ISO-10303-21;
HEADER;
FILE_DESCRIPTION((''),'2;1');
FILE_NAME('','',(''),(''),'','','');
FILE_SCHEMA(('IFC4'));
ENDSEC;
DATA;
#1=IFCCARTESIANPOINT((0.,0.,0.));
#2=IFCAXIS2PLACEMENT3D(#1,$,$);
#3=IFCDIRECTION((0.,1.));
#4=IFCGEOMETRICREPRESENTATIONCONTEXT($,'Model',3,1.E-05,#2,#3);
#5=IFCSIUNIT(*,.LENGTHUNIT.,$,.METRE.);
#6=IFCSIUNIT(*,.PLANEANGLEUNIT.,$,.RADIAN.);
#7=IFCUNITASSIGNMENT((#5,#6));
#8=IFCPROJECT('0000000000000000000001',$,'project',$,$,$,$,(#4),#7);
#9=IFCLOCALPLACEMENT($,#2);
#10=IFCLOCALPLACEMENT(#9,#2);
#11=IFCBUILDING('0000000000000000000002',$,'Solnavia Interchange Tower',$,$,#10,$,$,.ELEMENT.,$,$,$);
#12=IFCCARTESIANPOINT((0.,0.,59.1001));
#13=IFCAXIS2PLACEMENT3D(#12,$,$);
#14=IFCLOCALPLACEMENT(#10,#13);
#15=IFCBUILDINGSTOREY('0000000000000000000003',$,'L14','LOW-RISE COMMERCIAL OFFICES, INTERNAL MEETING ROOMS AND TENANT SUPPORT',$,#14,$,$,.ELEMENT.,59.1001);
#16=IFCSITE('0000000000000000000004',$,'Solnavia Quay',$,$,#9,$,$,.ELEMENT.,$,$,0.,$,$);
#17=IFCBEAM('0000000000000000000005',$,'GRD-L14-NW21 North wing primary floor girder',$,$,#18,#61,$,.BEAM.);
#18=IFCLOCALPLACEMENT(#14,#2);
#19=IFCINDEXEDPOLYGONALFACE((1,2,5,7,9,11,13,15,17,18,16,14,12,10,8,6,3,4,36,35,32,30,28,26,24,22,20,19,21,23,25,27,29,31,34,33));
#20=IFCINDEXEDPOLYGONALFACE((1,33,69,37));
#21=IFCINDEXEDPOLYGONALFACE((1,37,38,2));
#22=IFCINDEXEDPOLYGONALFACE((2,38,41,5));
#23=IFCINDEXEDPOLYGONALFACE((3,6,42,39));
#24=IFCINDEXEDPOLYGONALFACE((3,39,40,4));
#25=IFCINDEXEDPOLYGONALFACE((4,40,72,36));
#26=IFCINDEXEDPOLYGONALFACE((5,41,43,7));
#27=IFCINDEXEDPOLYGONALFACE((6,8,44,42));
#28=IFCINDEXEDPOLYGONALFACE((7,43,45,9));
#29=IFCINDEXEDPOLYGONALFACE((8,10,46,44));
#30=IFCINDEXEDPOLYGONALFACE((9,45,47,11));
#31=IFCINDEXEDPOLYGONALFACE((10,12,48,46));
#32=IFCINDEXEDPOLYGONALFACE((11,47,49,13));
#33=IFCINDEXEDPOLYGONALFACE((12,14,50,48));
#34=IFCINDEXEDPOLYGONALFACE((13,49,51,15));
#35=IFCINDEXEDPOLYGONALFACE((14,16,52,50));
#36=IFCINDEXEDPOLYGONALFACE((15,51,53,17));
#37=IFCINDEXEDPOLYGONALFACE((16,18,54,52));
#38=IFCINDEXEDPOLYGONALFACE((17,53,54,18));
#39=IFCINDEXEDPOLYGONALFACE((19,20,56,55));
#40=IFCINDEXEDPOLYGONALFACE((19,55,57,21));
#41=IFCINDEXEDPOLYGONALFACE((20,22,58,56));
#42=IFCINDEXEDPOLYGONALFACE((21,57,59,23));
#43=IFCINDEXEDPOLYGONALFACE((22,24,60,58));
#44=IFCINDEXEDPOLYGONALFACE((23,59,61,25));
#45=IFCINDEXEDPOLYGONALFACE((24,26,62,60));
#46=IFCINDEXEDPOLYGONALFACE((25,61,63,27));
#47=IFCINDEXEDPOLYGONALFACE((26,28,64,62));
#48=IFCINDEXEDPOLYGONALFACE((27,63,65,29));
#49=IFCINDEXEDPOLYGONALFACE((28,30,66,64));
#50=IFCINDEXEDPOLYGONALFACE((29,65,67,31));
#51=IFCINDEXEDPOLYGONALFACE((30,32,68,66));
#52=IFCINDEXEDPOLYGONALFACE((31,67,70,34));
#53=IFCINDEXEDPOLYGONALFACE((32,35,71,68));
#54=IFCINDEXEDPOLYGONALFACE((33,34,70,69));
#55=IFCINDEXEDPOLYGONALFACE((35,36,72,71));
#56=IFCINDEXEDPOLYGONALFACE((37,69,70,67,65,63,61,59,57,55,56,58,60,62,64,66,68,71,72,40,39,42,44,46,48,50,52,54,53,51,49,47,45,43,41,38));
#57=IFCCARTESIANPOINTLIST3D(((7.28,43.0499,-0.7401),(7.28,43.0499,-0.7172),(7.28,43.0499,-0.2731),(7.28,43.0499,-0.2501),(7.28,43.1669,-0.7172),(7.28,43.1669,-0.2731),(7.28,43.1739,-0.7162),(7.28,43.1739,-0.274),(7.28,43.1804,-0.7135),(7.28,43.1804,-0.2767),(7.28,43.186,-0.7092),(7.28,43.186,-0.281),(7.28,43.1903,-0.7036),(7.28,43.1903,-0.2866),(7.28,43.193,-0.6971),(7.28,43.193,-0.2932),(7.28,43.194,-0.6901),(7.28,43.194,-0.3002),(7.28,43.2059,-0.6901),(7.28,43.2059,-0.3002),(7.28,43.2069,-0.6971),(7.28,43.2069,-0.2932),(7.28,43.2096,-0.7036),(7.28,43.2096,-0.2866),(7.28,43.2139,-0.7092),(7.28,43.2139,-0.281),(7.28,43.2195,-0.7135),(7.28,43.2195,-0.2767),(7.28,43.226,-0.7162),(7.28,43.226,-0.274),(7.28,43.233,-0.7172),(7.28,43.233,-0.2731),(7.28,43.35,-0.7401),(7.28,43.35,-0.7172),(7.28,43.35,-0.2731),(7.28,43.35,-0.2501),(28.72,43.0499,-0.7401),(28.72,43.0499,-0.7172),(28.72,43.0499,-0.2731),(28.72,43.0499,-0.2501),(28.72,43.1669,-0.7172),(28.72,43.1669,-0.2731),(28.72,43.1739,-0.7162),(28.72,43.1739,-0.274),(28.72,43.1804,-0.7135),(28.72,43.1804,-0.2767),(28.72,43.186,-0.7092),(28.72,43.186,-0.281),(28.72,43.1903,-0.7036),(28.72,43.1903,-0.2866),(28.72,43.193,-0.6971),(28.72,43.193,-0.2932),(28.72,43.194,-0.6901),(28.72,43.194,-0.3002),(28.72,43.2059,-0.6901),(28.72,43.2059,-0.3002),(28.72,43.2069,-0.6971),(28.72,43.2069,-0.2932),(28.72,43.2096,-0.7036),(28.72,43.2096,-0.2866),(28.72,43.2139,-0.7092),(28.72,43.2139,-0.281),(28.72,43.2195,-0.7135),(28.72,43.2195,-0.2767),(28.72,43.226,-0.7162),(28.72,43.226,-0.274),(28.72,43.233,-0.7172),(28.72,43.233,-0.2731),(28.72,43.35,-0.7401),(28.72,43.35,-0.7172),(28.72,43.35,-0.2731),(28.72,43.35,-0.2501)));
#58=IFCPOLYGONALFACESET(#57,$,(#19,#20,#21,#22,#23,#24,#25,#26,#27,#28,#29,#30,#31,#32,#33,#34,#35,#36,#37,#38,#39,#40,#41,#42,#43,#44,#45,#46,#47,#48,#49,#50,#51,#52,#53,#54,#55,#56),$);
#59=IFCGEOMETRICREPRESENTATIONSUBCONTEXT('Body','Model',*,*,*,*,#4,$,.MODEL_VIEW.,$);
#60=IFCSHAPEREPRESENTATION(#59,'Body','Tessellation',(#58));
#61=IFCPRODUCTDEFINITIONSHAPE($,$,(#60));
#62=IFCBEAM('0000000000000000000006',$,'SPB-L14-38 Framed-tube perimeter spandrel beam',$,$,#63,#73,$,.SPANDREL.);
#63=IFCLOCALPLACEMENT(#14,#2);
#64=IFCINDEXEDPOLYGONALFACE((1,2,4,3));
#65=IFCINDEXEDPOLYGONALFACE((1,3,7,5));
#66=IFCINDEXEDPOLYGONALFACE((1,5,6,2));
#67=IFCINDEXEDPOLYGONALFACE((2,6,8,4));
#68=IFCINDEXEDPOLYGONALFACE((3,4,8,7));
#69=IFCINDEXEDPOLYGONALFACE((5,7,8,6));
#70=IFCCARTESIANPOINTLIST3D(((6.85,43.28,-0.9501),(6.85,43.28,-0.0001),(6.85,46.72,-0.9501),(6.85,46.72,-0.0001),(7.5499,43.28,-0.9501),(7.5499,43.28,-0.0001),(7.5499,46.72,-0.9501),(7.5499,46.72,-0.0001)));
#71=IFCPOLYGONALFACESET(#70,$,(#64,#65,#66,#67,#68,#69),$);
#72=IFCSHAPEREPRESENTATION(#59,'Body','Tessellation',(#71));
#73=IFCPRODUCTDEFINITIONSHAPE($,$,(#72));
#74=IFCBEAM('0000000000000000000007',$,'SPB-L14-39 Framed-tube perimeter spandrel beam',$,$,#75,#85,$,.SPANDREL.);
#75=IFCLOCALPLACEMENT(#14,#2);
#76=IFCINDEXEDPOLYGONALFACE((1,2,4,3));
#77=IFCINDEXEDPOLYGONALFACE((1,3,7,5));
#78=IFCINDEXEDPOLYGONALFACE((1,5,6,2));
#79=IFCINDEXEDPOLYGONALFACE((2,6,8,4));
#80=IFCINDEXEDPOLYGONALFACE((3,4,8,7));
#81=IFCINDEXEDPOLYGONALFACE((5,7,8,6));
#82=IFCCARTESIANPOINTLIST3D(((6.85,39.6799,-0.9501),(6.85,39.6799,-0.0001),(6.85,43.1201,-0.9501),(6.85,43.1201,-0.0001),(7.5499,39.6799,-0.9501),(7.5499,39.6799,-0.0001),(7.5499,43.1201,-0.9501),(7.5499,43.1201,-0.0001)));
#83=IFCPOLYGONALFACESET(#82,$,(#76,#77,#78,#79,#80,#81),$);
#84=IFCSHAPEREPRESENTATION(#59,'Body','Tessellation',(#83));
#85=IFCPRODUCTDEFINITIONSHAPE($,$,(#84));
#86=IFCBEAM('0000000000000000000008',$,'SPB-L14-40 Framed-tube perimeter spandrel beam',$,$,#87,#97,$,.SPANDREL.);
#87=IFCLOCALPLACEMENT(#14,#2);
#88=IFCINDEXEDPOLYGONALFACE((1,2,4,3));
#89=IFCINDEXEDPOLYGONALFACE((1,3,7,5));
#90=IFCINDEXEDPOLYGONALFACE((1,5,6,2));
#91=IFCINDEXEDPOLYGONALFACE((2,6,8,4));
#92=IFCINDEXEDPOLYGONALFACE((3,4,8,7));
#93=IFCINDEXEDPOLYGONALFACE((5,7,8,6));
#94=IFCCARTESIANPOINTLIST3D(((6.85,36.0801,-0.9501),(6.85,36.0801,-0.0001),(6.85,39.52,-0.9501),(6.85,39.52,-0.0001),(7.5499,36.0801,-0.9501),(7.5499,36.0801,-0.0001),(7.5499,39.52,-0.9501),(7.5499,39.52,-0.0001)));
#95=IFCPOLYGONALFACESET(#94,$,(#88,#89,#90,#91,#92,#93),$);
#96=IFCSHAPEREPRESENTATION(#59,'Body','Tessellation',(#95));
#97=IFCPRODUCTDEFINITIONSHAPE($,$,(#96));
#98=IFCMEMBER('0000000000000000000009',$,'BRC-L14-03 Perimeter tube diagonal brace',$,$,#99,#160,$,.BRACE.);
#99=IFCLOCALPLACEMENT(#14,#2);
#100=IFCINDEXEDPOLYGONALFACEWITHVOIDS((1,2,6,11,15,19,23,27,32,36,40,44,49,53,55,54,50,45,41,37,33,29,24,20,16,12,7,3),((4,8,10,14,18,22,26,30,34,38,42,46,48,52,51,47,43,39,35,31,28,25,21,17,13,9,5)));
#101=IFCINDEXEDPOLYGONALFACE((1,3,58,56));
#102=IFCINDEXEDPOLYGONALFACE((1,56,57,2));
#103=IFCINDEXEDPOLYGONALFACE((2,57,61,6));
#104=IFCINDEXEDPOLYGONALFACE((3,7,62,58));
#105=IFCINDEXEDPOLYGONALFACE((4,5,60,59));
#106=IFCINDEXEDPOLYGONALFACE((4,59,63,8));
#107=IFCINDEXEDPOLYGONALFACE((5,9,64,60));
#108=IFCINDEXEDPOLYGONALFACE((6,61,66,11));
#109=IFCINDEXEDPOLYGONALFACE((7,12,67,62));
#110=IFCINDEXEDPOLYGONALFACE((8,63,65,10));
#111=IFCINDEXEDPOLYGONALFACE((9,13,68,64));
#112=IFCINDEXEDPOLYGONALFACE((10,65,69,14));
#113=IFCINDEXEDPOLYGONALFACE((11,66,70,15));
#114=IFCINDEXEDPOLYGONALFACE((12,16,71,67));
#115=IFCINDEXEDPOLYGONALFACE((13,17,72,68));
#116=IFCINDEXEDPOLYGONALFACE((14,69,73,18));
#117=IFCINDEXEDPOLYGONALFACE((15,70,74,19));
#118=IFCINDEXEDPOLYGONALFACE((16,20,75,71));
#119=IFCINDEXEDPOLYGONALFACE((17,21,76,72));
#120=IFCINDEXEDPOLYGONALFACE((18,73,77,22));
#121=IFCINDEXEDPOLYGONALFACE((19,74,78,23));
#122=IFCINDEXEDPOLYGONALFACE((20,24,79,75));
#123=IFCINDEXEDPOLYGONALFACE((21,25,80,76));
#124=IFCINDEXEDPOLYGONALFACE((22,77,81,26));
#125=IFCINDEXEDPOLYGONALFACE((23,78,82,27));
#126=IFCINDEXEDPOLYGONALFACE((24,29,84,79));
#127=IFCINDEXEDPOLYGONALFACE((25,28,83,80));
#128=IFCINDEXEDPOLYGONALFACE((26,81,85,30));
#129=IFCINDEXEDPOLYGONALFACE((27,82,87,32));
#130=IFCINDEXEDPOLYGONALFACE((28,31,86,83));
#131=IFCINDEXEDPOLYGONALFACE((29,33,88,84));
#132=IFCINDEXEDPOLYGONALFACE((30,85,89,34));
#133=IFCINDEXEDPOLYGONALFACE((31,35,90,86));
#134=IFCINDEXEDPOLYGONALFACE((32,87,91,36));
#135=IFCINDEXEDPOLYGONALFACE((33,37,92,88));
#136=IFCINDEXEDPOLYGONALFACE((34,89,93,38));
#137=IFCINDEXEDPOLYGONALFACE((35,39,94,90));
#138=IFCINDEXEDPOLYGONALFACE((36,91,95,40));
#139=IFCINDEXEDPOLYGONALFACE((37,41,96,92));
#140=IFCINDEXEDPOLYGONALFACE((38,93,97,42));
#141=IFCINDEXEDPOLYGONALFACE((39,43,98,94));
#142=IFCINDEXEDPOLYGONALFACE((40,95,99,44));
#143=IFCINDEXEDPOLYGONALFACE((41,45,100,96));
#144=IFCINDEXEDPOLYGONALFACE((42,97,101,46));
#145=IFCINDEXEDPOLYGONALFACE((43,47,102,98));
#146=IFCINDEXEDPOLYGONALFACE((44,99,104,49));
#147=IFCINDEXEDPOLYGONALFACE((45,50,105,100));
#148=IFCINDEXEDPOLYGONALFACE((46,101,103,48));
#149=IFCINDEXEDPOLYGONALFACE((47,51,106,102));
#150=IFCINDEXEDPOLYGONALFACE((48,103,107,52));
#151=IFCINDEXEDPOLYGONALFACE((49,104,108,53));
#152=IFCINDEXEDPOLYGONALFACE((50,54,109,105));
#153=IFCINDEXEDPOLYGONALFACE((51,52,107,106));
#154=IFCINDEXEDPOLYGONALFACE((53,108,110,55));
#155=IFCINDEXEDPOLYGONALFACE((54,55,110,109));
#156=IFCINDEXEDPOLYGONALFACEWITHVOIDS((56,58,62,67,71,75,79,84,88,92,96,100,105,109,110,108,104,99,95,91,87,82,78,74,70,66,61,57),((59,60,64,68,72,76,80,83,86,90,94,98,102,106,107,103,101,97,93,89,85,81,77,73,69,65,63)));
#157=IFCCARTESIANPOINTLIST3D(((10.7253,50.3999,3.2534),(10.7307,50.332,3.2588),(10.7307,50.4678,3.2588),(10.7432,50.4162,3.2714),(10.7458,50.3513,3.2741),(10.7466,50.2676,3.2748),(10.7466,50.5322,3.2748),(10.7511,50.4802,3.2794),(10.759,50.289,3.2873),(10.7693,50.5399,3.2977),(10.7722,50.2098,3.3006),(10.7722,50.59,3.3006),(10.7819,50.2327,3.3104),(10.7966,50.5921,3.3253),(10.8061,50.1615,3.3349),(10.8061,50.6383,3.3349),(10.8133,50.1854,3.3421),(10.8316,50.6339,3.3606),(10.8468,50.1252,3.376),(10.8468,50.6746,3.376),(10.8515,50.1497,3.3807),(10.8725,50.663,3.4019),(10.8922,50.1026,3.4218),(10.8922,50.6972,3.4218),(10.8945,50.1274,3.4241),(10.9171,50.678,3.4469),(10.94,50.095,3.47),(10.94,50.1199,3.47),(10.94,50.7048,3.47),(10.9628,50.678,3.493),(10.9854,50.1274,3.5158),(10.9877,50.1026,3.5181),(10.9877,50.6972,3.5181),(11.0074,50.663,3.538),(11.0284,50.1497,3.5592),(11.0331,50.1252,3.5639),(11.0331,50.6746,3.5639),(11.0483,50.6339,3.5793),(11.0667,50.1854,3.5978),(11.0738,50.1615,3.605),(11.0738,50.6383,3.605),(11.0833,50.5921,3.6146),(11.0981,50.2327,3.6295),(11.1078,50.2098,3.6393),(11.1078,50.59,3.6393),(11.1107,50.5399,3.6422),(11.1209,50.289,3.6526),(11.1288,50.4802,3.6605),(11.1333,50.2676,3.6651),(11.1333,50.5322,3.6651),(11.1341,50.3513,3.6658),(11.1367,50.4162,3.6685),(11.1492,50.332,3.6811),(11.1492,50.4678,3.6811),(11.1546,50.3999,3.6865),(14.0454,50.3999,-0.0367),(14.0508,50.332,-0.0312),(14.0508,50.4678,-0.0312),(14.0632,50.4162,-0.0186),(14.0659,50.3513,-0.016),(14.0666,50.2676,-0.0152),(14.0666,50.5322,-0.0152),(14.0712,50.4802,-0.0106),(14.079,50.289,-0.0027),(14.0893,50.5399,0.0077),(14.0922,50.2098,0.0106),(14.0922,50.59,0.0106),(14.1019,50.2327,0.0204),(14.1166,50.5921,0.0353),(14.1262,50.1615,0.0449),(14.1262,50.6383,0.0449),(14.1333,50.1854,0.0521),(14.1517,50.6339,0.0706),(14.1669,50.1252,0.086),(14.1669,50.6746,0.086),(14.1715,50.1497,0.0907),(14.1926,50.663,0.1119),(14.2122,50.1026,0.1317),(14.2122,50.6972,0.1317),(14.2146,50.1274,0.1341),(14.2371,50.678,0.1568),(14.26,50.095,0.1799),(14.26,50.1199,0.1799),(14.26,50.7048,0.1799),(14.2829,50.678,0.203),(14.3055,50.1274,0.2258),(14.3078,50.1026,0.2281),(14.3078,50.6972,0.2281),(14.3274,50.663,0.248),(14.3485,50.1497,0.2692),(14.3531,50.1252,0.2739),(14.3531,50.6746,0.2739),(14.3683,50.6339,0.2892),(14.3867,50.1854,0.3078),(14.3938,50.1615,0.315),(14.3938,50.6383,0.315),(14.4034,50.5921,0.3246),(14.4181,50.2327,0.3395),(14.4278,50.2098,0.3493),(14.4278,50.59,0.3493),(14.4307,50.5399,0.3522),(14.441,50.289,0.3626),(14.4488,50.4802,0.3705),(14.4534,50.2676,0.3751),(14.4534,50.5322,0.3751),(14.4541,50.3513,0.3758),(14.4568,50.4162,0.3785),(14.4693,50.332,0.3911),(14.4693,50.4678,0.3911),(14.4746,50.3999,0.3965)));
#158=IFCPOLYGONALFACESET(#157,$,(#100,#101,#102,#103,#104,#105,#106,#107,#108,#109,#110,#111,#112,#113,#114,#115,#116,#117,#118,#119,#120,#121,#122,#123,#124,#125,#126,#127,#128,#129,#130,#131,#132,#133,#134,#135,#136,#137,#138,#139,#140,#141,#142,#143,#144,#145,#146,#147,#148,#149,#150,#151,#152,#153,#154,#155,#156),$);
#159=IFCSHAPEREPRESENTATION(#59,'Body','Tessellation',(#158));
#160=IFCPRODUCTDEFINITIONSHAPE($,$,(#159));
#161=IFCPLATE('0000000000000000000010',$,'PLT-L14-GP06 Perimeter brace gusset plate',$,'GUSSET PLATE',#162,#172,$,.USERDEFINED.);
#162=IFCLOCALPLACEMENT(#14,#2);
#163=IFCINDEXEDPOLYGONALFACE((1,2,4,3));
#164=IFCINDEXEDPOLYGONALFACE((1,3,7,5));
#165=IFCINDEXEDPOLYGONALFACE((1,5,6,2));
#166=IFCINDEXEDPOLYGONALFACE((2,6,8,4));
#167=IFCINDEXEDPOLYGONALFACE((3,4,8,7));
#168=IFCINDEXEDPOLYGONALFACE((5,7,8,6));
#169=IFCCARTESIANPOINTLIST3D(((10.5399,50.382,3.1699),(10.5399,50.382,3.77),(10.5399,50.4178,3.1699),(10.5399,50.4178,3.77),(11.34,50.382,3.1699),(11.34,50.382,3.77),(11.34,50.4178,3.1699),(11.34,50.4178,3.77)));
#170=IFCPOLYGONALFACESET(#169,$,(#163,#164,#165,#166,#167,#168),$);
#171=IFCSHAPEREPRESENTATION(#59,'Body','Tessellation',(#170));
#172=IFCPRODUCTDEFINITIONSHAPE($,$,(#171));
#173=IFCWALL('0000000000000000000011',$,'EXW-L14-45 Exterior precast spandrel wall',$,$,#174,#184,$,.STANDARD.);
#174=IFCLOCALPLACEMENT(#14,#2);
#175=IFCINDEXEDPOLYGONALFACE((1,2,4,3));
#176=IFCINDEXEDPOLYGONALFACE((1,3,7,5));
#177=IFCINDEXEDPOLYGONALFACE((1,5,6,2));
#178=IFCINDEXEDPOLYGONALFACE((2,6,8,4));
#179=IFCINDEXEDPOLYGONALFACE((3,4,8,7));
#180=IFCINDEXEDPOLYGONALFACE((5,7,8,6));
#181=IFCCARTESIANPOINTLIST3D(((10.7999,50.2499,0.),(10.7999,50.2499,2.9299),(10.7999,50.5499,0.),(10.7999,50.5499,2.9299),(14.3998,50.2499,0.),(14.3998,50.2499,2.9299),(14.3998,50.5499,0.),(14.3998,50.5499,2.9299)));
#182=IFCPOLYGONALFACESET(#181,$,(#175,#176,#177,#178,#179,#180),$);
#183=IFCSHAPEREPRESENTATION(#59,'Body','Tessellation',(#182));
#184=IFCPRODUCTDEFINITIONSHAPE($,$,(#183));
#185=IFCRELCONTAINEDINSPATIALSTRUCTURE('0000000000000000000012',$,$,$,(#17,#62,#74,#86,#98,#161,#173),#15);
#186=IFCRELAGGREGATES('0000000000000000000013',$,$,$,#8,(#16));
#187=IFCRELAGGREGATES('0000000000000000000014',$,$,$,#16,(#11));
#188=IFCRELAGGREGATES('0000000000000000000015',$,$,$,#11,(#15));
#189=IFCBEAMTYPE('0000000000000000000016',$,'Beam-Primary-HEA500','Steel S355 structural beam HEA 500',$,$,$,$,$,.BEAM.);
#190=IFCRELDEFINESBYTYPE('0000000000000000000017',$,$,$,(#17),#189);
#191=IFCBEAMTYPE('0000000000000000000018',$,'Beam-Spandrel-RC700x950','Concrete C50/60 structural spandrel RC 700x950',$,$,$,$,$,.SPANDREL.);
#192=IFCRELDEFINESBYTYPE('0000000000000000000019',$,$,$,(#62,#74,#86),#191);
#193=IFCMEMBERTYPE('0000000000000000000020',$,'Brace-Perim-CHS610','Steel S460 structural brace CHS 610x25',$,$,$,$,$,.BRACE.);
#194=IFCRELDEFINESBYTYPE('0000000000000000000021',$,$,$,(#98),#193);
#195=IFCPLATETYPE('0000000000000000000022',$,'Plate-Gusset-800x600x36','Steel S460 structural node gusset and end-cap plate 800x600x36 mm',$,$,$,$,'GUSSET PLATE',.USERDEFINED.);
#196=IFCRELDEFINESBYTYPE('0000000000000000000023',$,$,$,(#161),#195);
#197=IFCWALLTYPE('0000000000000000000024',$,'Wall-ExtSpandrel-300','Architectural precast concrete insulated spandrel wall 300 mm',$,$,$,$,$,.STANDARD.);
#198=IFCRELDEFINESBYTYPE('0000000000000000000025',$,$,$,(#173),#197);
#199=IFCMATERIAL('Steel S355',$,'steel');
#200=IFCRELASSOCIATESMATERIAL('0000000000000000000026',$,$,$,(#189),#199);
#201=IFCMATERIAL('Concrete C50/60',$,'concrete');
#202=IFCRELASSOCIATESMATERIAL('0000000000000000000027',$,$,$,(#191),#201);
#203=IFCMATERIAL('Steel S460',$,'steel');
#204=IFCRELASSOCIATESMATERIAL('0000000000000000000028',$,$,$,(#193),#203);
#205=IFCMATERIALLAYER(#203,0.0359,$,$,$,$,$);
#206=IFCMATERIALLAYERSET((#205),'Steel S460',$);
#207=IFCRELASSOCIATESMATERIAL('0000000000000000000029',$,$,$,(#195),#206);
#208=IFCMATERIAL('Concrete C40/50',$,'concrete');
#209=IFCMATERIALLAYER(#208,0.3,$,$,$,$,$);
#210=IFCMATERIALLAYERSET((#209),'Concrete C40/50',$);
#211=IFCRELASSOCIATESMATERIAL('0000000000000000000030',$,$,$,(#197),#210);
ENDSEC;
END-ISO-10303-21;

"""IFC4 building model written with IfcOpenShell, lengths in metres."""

from ifc_helpers import new_model, si_unit, direction, frame, frame_2d, origin, origin_2d, place, context, subcontext, project, spatial, rectangle, hollow_circle, i_section, extrude, material, layer, layer_set, material_profile, profile_set, type_object, element, save


model = new_model("IFC4")

# Units and contexts
model_context = context("Model", 3, precision=1e-05, world=origin(), true_north=direction((0.0, 1.0)))
body_context = subcontext(model_context, "Body", "Model", "MODEL_VIEW")
ifc_project = project(units=[si_unit("LENGTHUNIT", "METRE"), si_unit("PLANEANGLEUNIT", "RADIAN")], contexts=[model_context])

# Site, building, storey
site_placement = place(None, origin())
site = spatial("IfcSite", under=ifc_project, at=site_placement, Name="Solnavia Quay", CompositionType="ELEMENT", RefElevation=0.0)
building_placement = place(site_placement, origin())
building = spatial("IfcBuilding", under=site, at=building_placement, Name="Solnavia Interchange Tower", CompositionType="ELEMENT")
storey_placement = place(building_placement, frame((0.0, 0.0, 59.1001)))
storey = spatial("IfcBuildingStorey", under=building, at=storey_placement, Name="L14", Description="LOW-RISE COMMERCIAL OFFICES, INTERNAL MEETING ROOMS AND TENANT SUPPORT", CompositionType="ELEMENT", Elevation=59.1001)

# Beams
ifc_material_1 = material(Name="Steel S460", Category="steel")
ifc_material_2 = material(Name="Steel S355", Category="steel")
ifc_material_profile_1 = material_profile(ifc_material_2, i_section(OverallWidth=0.3, OverallDepth=0.49, WebThickness=0.012, FlangeThickness=0.0229, FilletRadius=0.0271, at=origin_2d()), Name="HEA 500")
ifc_profile_set_1 = profile_set([ifc_material_profile_1], Name="Steel S355")
beam_type_1 = type_object("IfcBeamType", Name="Beam-Primary-HEA500", Description="Steel S355 structural beam HEA 500", PredefinedType="BEAM", material=ifc_profile_set_1)
beam_1_placement = place(storey_placement, frame((7.28, 43.2, -0.4951), z_axis=(1.0, 0.0, 0.0), x_axis=(0.0, 1.0, 0.0)))
element("IfcBeam", 1, at=beam_1_placement, inside=storey, type_object=beam_type_1, Name="GRD-L14-NW21 North wing primary floor girder", PredefinedType="BEAM", context=body_context, shape_type="SweptSolid", body=[
    extrude(i_section(OverallWidth=0.3, OverallDepth=0.49, WebThickness=0.012, FlangeThickness=0.0229, FilletRadius=0.0271, at=origin_2d()), origin(), (0.0, 0.0, 1.0), 21.4399),
])
ifc_material_3 = material(Name="Concrete C50/60", Category="concrete")
ifc_material_profile_2 = material_profile(ifc_material_3, rectangle(XDim=0.7, YDim=0.95, at=origin_2d()), Name="RC 700x950")
ifc_profile_set_2 = profile_set([ifc_material_profile_2], Name="Concrete C50/60")
beam_type_2 = type_object("IfcBeamType", Name="Beam-Spandrel-RC700x950", Description="Concrete C50/60 structural spandrel RC 700x950", PredefinedType="SPANDREL", material=ifc_profile_set_2)
beam_2_placement = place(storey_placement, frame((7.2, 46.72, -0.4751), z_axis=(0.0, -1.0, 0.0), x_axis=(1.0, 0.0, 0.0)))
element("IfcBeam", 2, at=beam_2_placement, inside=storey, type_object=beam_type_2, Name="SPB-L14-38 Framed-tube perimeter spandrel beam", PredefinedType="SPANDREL", context=body_context, shape_type="SweptSolid", body=[
    extrude(rectangle(XDim=0.7, YDim=0.95, at=origin_2d()), origin(), (0.0, 0.0, 1.0), 3.4399),
])
beam_3_placement = place(storey_placement, frame((7.2, 43.1201, -0.4751), z_axis=(0.0, -1.0, 0.0), x_axis=(1.0, 0.0, 0.0)))
element("IfcBeam", 3, at=beam_3_placement, inside=storey, type_object=beam_type_2, Name="SPB-L14-39 Framed-tube perimeter spandrel beam", PredefinedType="SPANDREL", context=body_context, shape_type="SweptSolid", body=[
    extrude(rectangle(XDim=0.7, YDim=0.95, at=origin_2d()), origin(), (0.0, 0.0, 1.0), 3.4402),
])
beam_4_placement = place(storey_placement, frame((7.2, 39.52, -0.4751), z_axis=(0.0, -1.0, 0.0), x_axis=(1.0, 0.0, 0.0)))
element("IfcBeam", 4, at=beam_4_placement, inside=storey, type_object=beam_type_2, Name="SPB-L14-40 Framed-tube perimeter spandrel beam", PredefinedType="SPANDREL", context=body_context, shape_type="SweptSolid", body=[
    extrude(rectangle(XDim=0.7, YDim=0.95, at=origin_2d()), origin(), (0.0, 0.0, 1.0), 3.4399),
])

# Member
ifc_material_profile_3 = material_profile(ifc_material_1, hollow_circle(Radius=0.3049, WallThickness=0.0249, at=origin_2d()), Name="CHS 610x25")
ifc_profile_set_3 = profile_set([ifc_material_profile_3], Name="Steel S460")
member_type = type_object("IfcMemberType", Name="Brace-Perim-CHS610", Description="Steel S460 structural brace CHS 610x25", PredefinedType="BRACE", material=ifc_profile_set_3)
member_placement = place(storey_placement, frame((14.26, 50.3999, 0.1799), z_axis=(-0.710312, 0.0, 0.703887), x_axis=(0.0, -1.0, 0.0)))
element("IfcMember", 5, at=member_placement, inside=storey, type_object=member_type, Name="BRC-L14-03 Perimeter tube diagonal brace", PredefinedType="BRACE", context=body_context, shape_type="SweptSolid", body=[
    extrude(hollow_circle(Radius=0.3049, WallThickness=0.0249, at=origin_2d()), origin(), (0.0, 0.0, 1.0), 4.6741),
])

# Plate
ifc_layer_1 = layer(ifc_material_1, 0.0359)
ifc_layer_set_1 = layer_set([ifc_layer_1], Name="Steel S460")
plate_type = type_object("IfcPlateType", Name="Plate-Gusset-800x600x36", Description="Steel S460 structural node gusset and end-cap plate 800x600x36 mm", ElementType="GUSSET PLATE", PredefinedType="USERDEFINED", material=ifc_layer_set_1)
plate_placement = place(storey_placement, frame((10.9399, 50.3999, 3.1699), z_axis=(0.0, 0.0, 1.0), x_axis=(-1.0, 0.0, 0.0)))
element("IfcPlate", 6, at=plate_placement, inside=storey, type_object=plate_type, Name="PLT-L14-GP06 Perimeter brace gusset plate", ObjectType="GUSSET PLATE", PredefinedType="USERDEFINED", context=body_context, shape_type="SweptSolid", body=[
    extrude(rectangle(XDim=0.8, YDim=0.0359, at=origin_2d()), origin(), (0.0, 0.0, 1.0), 0.6001),
])

# Wall
ifc_material_4 = material(Name="Concrete C40/50", Category="concrete")
ifc_layer_2 = layer(ifc_material_4, 0.3)
ifc_layer_set_2 = layer_set([ifc_layer_2], Name="Concrete C40/50")
wall_type_1 = type_object("IfcWallType", Name="Wall-ExtSpandrel-300", Description="Architectural precast concrete insulated spandrel wall 300 mm", PredefinedType="STANDARD", material=ifc_layer_set_2)
wall_1_placement = place(storey_placement, frame((10.8, 50.3999, 0.0), z_axis=(0.0, 0.0, 1.0), x_axis=(1.0, 0.0, 0.0)))
element("IfcWall", 7, at=wall_1_placement, inside=storey, type_object=wall_type_1, Name="EXW-L14-45 Exterior precast spandrel wall", PredefinedType="STANDARD", context=body_context, shape_type="SweptSolid", body=[
    extrude(rectangle(XDim=3.5999, YDim=0.3, at=frame_2d((1.7998, 0.0))), origin(), (0.0, 0.0, 1.0), 2.9299),
])

save(model, "model.ifc")
